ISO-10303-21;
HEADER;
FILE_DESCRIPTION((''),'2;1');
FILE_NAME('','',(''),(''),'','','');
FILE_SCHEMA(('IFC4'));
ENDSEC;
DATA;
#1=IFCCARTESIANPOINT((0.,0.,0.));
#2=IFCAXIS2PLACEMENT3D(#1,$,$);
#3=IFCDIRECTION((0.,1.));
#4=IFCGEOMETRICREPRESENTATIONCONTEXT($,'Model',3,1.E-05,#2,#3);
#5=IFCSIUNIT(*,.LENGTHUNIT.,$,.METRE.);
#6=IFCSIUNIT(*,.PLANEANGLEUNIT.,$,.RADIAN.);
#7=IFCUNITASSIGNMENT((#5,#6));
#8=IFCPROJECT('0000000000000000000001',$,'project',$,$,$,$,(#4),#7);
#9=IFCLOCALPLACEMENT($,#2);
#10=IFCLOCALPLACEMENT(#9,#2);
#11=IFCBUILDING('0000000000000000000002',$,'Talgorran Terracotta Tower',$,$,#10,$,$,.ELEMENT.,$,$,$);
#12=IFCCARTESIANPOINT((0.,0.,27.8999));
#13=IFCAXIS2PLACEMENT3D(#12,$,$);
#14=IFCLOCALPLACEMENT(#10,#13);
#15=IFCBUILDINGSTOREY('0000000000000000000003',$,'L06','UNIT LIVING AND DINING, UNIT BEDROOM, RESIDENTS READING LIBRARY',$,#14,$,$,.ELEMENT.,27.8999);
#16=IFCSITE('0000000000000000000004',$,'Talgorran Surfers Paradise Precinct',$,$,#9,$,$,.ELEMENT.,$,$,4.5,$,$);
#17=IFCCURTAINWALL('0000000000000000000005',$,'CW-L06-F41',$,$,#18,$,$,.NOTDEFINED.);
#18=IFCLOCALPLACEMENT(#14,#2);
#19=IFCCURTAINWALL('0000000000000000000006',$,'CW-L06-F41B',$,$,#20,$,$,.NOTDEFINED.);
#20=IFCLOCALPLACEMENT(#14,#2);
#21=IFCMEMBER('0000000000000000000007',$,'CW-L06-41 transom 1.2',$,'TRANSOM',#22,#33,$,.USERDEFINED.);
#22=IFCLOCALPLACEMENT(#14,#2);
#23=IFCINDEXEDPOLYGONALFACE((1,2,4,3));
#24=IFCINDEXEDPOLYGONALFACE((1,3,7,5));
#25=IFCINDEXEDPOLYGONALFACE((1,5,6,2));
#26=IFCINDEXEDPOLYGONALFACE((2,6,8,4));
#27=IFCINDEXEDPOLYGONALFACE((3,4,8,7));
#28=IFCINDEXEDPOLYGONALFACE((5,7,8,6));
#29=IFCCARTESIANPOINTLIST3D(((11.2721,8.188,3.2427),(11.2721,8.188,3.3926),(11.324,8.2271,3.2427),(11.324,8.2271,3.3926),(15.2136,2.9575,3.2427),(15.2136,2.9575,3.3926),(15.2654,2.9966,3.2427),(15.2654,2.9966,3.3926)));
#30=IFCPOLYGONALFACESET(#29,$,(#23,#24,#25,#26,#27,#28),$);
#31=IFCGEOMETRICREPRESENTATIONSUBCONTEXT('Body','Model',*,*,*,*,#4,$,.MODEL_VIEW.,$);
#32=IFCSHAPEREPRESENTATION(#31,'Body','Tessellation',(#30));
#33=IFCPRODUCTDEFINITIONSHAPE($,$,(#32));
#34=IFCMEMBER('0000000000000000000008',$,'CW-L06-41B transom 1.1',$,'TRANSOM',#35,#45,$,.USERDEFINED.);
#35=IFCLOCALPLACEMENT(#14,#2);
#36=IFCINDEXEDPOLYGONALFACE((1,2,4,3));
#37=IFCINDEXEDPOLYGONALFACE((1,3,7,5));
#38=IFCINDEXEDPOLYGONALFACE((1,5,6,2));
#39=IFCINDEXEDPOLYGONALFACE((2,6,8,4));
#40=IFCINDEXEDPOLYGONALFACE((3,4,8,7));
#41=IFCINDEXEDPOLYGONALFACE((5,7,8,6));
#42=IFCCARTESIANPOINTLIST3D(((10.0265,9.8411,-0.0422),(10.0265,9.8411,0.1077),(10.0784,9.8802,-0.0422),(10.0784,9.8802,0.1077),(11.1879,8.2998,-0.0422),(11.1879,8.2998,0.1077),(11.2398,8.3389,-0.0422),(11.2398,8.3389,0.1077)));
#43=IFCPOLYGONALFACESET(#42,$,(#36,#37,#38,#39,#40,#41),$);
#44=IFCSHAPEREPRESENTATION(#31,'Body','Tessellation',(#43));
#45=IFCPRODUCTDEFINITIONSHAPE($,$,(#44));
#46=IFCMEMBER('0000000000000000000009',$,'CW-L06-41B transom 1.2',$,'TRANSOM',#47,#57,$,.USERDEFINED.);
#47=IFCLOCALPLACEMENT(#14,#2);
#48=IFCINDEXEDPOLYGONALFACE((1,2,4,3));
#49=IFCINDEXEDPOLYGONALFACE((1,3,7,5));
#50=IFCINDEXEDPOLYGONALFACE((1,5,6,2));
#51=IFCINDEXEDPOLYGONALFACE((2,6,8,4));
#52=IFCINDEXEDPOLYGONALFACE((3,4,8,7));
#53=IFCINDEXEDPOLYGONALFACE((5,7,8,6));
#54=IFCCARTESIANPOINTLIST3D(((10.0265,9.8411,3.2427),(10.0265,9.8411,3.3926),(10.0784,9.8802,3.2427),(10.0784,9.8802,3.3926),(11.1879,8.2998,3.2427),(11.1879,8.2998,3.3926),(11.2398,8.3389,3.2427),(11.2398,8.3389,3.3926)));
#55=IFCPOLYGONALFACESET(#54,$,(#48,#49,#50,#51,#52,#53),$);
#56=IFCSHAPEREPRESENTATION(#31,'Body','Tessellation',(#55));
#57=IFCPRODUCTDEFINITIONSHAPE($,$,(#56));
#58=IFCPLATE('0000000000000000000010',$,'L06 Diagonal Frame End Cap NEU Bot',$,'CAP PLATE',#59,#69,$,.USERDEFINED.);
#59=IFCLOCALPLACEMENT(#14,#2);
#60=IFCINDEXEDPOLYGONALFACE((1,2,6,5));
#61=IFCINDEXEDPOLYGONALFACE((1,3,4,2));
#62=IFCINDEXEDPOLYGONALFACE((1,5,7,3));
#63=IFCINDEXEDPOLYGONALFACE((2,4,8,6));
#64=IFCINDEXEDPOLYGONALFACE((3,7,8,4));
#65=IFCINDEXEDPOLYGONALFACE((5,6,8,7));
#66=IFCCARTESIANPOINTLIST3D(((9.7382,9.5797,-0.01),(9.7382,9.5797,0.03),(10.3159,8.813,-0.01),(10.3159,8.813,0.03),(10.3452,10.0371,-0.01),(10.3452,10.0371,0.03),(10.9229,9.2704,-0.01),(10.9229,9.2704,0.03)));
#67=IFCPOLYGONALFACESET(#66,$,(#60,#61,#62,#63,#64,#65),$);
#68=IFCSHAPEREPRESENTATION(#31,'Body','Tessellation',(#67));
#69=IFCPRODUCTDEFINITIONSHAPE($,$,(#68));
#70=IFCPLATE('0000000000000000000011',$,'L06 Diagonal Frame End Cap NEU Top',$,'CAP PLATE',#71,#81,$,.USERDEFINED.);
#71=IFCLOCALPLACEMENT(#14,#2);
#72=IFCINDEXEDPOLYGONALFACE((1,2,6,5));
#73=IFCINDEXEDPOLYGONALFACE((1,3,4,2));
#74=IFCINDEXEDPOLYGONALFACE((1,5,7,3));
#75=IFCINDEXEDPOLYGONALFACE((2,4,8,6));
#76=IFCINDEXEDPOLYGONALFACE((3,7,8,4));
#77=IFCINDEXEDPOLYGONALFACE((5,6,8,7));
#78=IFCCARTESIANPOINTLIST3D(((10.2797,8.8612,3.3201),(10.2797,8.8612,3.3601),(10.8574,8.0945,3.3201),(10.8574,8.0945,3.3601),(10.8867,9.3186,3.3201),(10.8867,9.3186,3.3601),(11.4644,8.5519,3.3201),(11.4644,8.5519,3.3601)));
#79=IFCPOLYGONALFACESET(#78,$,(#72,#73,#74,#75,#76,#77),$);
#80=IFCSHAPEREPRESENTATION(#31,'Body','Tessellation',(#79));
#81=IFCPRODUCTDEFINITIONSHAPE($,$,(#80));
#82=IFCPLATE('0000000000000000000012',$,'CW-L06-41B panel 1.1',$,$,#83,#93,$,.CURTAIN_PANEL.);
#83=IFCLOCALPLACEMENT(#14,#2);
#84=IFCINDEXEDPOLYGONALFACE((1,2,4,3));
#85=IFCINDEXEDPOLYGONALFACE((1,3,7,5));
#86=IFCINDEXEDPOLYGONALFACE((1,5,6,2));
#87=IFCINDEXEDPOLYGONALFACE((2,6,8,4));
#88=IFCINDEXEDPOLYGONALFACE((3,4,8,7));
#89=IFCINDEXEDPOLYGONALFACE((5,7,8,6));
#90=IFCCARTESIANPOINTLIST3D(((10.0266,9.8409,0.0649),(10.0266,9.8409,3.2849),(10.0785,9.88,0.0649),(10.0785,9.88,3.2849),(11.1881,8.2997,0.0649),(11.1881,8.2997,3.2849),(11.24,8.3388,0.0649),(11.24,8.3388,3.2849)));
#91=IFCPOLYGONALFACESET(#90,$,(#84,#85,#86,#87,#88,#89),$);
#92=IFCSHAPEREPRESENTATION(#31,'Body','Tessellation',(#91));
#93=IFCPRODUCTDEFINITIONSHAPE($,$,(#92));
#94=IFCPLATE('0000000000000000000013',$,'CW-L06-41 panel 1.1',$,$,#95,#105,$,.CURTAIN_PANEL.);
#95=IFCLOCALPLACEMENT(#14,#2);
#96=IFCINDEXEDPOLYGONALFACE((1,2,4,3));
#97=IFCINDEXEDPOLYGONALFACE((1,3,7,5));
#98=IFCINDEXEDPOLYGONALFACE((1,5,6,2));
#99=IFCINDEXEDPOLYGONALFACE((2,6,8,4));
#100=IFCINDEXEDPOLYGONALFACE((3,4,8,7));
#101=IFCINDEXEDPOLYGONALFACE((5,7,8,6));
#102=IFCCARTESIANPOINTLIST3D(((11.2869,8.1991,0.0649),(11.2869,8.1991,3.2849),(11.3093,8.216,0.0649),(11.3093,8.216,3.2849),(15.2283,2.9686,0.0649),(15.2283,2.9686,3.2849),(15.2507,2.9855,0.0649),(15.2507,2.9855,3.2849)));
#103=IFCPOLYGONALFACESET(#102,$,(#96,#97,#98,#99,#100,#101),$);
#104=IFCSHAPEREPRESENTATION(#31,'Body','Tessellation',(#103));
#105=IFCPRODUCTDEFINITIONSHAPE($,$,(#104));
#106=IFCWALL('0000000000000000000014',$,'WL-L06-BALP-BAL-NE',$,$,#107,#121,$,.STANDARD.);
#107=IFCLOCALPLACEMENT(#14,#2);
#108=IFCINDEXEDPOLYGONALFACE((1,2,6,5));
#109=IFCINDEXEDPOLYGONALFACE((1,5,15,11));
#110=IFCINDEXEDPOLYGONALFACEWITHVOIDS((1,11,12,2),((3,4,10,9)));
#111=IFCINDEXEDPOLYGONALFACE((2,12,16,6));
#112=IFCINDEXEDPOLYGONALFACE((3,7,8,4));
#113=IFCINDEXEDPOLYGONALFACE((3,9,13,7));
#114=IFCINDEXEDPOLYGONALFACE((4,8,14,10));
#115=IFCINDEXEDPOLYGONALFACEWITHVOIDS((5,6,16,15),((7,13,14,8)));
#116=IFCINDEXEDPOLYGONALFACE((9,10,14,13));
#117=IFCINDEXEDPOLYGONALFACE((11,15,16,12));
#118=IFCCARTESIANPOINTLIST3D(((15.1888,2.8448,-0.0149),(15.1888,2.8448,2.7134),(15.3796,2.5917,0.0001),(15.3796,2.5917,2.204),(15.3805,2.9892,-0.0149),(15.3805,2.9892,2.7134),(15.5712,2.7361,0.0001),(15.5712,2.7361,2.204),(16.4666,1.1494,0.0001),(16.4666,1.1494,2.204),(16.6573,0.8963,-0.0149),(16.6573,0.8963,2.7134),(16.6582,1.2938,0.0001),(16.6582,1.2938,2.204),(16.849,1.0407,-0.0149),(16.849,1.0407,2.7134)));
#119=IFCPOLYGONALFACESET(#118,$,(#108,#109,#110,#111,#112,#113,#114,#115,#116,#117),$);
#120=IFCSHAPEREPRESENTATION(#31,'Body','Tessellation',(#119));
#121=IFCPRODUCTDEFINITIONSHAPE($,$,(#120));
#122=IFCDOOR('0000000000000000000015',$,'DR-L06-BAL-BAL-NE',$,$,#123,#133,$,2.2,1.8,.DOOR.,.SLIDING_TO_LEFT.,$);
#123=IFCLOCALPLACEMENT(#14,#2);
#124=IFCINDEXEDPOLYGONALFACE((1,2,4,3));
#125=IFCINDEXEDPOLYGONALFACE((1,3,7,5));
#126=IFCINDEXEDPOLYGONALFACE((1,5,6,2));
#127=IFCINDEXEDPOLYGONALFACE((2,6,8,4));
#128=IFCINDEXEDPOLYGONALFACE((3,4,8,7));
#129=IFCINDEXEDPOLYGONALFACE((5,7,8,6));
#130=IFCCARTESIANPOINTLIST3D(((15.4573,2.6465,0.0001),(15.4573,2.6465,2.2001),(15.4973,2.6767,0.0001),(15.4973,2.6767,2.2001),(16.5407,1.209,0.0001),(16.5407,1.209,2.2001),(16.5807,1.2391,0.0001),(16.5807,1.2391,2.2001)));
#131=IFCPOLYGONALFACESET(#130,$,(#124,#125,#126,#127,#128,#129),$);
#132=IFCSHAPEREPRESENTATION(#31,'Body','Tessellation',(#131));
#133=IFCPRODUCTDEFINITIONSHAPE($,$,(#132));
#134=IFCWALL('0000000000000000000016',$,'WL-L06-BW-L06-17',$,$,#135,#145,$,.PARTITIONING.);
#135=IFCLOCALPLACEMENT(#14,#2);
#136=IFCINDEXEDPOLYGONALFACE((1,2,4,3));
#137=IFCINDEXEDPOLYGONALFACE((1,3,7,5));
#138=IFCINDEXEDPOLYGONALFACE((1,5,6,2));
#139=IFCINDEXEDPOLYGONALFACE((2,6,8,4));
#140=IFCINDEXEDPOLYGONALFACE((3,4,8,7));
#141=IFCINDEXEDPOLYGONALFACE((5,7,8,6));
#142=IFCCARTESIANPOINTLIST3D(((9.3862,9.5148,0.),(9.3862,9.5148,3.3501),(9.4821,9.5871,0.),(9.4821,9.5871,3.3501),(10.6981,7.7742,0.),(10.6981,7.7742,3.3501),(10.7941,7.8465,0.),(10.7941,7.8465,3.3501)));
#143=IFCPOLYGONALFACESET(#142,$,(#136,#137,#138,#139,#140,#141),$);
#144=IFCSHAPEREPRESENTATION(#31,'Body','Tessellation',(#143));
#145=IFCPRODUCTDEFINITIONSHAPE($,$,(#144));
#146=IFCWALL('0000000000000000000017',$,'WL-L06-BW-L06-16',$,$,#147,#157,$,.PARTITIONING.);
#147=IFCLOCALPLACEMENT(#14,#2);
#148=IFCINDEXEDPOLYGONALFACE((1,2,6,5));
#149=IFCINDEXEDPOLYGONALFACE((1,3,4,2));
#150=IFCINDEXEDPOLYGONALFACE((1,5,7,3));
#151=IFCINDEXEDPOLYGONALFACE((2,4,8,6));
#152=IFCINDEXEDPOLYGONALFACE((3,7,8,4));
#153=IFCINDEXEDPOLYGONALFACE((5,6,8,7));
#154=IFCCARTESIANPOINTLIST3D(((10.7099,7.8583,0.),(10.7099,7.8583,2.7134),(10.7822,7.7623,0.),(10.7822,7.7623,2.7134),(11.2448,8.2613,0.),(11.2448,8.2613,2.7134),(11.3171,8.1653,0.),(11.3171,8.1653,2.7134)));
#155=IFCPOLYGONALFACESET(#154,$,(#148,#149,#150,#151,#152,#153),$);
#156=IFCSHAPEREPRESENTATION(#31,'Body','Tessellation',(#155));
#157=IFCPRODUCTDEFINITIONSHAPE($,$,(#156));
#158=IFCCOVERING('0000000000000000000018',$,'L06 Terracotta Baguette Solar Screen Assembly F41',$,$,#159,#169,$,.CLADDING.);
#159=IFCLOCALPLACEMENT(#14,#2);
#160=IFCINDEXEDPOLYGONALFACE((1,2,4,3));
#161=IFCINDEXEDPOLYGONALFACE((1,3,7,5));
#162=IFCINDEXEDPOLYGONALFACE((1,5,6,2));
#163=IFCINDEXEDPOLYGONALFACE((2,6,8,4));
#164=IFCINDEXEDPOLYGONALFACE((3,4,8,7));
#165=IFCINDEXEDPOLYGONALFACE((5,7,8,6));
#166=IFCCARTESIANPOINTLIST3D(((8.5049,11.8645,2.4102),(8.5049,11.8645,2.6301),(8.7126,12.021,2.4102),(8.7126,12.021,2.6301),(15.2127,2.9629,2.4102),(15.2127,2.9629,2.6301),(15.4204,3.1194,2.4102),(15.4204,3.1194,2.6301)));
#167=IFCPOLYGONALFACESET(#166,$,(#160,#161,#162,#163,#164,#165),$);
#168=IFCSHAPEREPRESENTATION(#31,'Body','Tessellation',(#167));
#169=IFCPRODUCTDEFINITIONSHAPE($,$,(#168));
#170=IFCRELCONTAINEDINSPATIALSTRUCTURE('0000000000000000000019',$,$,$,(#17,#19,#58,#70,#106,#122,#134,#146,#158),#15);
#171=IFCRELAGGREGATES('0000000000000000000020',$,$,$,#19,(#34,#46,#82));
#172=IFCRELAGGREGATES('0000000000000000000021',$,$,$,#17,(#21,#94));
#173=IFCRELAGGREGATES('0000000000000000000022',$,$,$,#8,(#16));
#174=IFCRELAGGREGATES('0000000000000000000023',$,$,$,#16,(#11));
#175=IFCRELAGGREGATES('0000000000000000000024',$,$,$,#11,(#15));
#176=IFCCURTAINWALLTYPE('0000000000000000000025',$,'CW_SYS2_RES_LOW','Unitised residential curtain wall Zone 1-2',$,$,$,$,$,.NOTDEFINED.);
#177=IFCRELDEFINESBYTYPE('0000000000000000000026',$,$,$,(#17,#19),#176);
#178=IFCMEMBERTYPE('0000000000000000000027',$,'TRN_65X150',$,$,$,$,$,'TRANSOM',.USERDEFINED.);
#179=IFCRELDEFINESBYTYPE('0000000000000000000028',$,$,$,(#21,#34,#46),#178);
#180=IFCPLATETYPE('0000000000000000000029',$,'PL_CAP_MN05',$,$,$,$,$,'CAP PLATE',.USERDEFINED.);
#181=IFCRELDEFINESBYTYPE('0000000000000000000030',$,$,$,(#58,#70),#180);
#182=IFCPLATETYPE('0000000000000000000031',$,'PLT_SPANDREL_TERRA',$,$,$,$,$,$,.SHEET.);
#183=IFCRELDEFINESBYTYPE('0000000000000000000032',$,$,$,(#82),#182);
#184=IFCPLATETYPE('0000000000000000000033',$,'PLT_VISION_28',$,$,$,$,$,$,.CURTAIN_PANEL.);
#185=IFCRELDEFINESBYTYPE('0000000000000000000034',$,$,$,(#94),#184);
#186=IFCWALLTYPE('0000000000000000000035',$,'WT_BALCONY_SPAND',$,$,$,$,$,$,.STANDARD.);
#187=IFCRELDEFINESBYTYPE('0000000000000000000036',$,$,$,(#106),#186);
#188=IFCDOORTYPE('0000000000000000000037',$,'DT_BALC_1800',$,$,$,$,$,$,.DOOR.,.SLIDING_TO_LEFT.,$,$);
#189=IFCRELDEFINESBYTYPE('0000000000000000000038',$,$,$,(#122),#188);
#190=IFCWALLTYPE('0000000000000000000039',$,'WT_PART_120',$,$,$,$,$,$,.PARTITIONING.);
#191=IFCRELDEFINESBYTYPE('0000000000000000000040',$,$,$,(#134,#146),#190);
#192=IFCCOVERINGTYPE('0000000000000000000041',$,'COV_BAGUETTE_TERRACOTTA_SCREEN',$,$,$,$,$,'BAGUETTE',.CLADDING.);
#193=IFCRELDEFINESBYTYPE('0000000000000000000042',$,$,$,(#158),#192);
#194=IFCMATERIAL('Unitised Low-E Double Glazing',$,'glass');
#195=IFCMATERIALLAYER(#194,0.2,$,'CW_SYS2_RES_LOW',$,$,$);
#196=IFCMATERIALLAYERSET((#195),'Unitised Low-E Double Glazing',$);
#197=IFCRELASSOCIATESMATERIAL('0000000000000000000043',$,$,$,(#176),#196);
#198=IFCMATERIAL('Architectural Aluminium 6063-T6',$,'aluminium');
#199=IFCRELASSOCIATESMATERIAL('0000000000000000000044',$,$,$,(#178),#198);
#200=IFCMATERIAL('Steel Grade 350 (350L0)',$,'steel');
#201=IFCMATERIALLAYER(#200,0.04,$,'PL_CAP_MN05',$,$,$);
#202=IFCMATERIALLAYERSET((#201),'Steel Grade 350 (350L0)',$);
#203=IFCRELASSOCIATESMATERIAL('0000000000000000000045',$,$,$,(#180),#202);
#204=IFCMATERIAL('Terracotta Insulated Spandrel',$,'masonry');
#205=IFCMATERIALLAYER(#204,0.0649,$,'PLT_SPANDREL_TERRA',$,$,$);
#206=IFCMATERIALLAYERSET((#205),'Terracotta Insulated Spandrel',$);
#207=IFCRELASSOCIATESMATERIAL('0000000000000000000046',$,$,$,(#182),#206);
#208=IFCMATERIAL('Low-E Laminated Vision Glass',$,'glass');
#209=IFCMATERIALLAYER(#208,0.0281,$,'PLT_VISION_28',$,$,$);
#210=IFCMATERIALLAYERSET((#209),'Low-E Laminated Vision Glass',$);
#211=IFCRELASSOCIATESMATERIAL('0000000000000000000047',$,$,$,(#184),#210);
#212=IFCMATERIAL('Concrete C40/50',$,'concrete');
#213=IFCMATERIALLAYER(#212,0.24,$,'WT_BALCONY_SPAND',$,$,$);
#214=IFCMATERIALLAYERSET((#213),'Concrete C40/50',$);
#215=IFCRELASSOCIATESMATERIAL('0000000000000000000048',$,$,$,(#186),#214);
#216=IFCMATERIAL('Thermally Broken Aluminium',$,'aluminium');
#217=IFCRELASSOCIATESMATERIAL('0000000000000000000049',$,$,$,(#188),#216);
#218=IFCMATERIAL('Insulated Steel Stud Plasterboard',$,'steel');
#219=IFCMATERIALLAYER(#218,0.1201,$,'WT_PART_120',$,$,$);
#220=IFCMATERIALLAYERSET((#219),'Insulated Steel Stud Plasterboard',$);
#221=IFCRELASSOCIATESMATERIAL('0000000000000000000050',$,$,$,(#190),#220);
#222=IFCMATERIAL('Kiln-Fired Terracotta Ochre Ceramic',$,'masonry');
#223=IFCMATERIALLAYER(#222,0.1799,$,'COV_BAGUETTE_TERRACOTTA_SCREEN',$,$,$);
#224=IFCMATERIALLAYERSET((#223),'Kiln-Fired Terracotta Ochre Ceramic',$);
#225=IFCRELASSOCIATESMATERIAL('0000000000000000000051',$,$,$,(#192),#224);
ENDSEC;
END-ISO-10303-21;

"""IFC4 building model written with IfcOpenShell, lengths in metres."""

from ifc_helpers import new_model, si_unit, direction, frame, frame_2d, origin, origin_2d, place, context, subcontext, project, spatial, rectangle, extrude, source, transform, mapped, material, layer, layer_set, material_profile, profile_set, type_object, type_shapes, element, fill, aggregate, save


model = new_model("IFC4")

# Units and contexts
model_context = context("Model", 3, precision=1e-05, world=origin(), true_north=direction((0.0, 1.0)))
body_context = subcontext(model_context, "Body", "Model", "MODEL_VIEW")
ifc_project = project(units=[si_unit("LENGTHUNIT", "METRE"), si_unit("PLANEANGLEUNIT", "RADIAN")], contexts=[model_context])

# Site, building, storey
site_placement = place(None, origin())
site = spatial("IfcSite", under=ifc_project, at=site_placement, Name="Talgorran Surfers Paradise Precinct", CompositionType="ELEMENT", RefElevation=4.5)
building_placement = place(site_placement, origin())
building = spatial("IfcBuilding", under=site, at=building_placement, Name="Talgorran Terracotta Tower", CompositionType="ELEMENT")
storey_placement = place(building_placement, frame((0.0, 0.0, 27.8999)))
storey = spatial("IfcBuildingStorey", under=building, at=storey_placement, Name="L06", Description="UNIT LIVING AND DINING, UNIT BEDROOM, RESIDENTS READING LIBRARY", CompositionType="ELEMENT", Elevation=27.8999)

# Shared definitions
ifc_material_1 = material(Name="Steel Grade 350 (350L0)", Category="steel")

# Shared definitions
ifc_material_2 = material(Name="Unitised Low-E Double Glazing", Category="glass")
ifc_layer_1 = layer(ifc_material_2, 0.2, Name="CW_SYS2_RES_LOW")
ifc_layer_set_1 = layer_set([ifc_layer_1], Name="Unitised Low-E Double Glazing")
curtain_wall_type = type_object("IfcCurtainWallType", Name="CW_SYS2_RES_LOW", Description="Unitised residential curtain wall Zone 1-2", PredefinedType="NOTDEFINED", material=ifc_layer_set_1)
ifc_material_3 = material(Name="Architectural Aluminium 6063-T6", Category="aluminium")

# Curtain wall
curtain_wall_1_placement = place(storey_placement, origin())
curtain_wall_1 = element("IfcCurtainWall", 1, at=curtain_wall_1_placement, inside=storey, type_object=curtain_wall_type, Name="CW-L06-F41", PredefinedType="NOTDEFINED")

# Curtain wall
curtain_wall_2_placement = place(storey_placement, origin())
curtain_wall_2 = element("IfcCurtainWall", 2, at=curtain_wall_2_placement, inside=storey, type_object=curtain_wall_type, Name="CW-L06-F41B", PredefinedType="NOTDEFINED")

# Members
ifc_material_profile_1 = material_profile(ifc_material_3, rectangle(XDim=0.0649, YDim=0.1499, at=origin_2d()), Name="CWT65X150")
ifc_profile_set_1 = profile_set([ifc_material_profile_1], Name="Architectural Aluminium 6063-T6")
member_type_1 = type_object("IfcMemberType", Name="TRN_65X150", ElementType="TRANSOM", PredefinedType="USERDEFINED", material=ifc_profile_set_1)
member_1_placement = place(storey_placement, frame((15.2395, 2.9771, 3.3176), z_axis=(-0.601812, 0.798638, 0.0), x_axis=(-0.798638, -0.601812, 0.0)))
member_1 = element("IfcMember", 3, at=member_1_placement, type_object=member_type_1, Name="CW-L06-41 transom 1.2", ObjectType="TRANSOM", PredefinedType="USERDEFINED", context=body_context, shape_type="SweptSolid", body=[
    extrude(rectangle(XDim=0.0649, YDim=0.1499, at=origin_2d()), origin(), (0.0, 0.0, 1.0), 6.5493),
])
member_2_placement = place(storey_placement, frame((11.2139, 8.3193, 0.0327), z_axis=(-0.6018, 0.798647, 0.0), x_axis=(-0.798647, -0.6018, 0.0)))
member_2 = element("IfcMember", 4, at=member_2_placement, type_object=member_type_1, Name="CW-L06-41B transom 1.1", ObjectType="TRANSOM", PredefinedType="USERDEFINED", context=body_context, shape_type="SweptSolid", body=[
    extrude(rectangle(XDim=0.0649, YDim=0.1499, at=origin_2d()), origin(), (0.0, 0.0, 1.0), 1.9299),
])
member_3_placement = place(storey_placement, frame((11.2139, 8.3193, 3.3176), z_axis=(-0.6018, 0.798647, 0.0), x_axis=(-0.798647, -0.6018, 0.0)))
member_3 = element("IfcMember", 5, at=member_3_placement, type_object=member_type_1, Name="CW-L06-41B transom 1.2", ObjectType="TRANSOM", PredefinedType="USERDEFINED", context=body_context, shape_type="SweptSolid", body=[
    extrude(rectangle(XDim=0.0649, YDim=0.1499, at=origin_2d()), origin(), (0.0, 0.0, 1.0), 1.9299),
])

# Plates
ifc_layer_2 = layer(ifc_material_1, 0.04, Name="PL_CAP_MN05")
ifc_layer_set_2 = layer_set([ifc_layer_2], Name="Steel Grade 350 (350L0)")
plate_type_1 = type_object("IfcPlateType", Name="PL_CAP_MN05", ElementType="CAP PLATE", PredefinedType="USERDEFINED", material=ifc_layer_set_2)
for number, where, z_axis, x_axis, name in (
    (6, (10.3306, 9.425, -0.01), (0.0, 0.0, 1.0), (0.601815, -0.798636, 0.0), "L06 Diagonal Frame End Cap NEU Bot"),
    (7, (10.8721, 8.7065, 3.3201), (0.0, 0.0, 1.0), (0.601815, -0.798636, 0.0), "L06 Diagonal Frame End Cap NEU Top"),
):
    element("IfcPlate", number, at=place(storey_placement, frame(where, z_axis=z_axis, x_axis=x_axis)), inside=storey, type_object=plate_type_1, Name=name, ObjectType="CAP PLATE", PredefinedType="USERDEFINED", context=body_context, shape_type="SweptSolid", body=[
        extrude(rectangle(XDim=0.96, YDim=0.76, at=origin_2d()), origin(), (0.0, 0.0, 1.0), 0.04),
    ])

# Plates
ifc_material_4 = material(Name="Terracotta Insulated Spandrel", Category="masonry")
ifc_layer_3 = layer(ifc_material_4, 0.0649, Name="PLT_SPANDREL_TERRA")
ifc_layer_set_3 = layer_set([ifc_layer_3], Name="Terracotta Insulated Spandrel")
plate_type_2 = type_object("IfcPlateType", Name="PLT_SPANDREL_TERRA", PredefinedType="SHEET", material=ifc_layer_set_3)
shared_shape_1 = source(origin(), body_context, "Body", "SweptSolid", [
    extrude(rectangle(XDim=1.9299, YDim=0.0649, at=origin_2d()), origin(), (0.0, 0.0, 1.0), 3.22),
])
type_shapes(plate_type_2, [shared_shape_1])
plate_1_placement = place(storey_placement, frame((10.6333, 9.0898, 0.0649), z_axis=(0.0, 0.0, 1.0), x_axis=(-0.601847, 0.798611, 0.0)))
plate_1 = element("IfcPlate", 8, at=plate_1_placement, type_object=plate_type_2, Name="CW-L06-41B panel 1.1", PredefinedType="CURTAIN_PANEL", context=body_context, shape_type="MappedRepresentation", body=[
    mapped(shared_shape_1, transform((0.0, 0.0, 0.0), scale=1.0)),
])
aggregate(curtain_wall_2, [member_2, member_3, plate_1])
ifc_material_5 = material(Name="Low-E Laminated Vision Glass", Category="glass")
ifc_layer_4 = layer(ifc_material_5, 0.0281, Name="PLT_VISION_28")
ifc_layer_set_4 = layer_set([ifc_layer_4], Name="Low-E Laminated Vision Glass")
plate_type_3 = type_object("IfcPlateType", Name="PLT_VISION_28", PredefinedType="CURTAIN_PANEL", material=ifc_layer_set_4)
shared_shape_2 = source(origin(), body_context, "Body", "SweptSolid", [
    extrude(rectangle(XDim=6.5493, YDim=0.0281, at=origin_2d()), origin(), (0.0, 0.0, 1.0), 3.22),
])
type_shapes(plate_type_3, [shared_shape_2])
plate_2_placement = place(storey_placement, frame((13.2688, 5.5923, 0.0649), z_axis=(0.0, 0.0, 1.0), x_axis=(-0.601807, 0.798642, 0.0)))
plate_2 = element("IfcPlate", 9, at=plate_2_placement, type_object=plate_type_3, Name="CW-L06-41 panel 1.1", PredefinedType="CURTAIN_PANEL", context=body_context, shape_type="MappedRepresentation", body=[
    mapped(shared_shape_2, transform((0.0, 0.0, 0.0), scale=1.0)),
])
aggregate(curtain_wall_1, [member_1, plate_2])

# Wall, opening, door
ifc_material_6 = material(Name="Concrete C40/50", Category="concrete")
ifc_layer_5 = layer(ifc_material_6, 0.24, Name="WT_BALCONY_SPAND")
ifc_layer_set_5 = layer_set([ifc_layer_5], Name="Concrete C40/50")
wall_type_1 = type_object("IfcWallType", Name="WT_BALCONY_SPAND", PredefinedType="STANDARD", material=ifc_layer_set_5)
wall_1_placement = place(storey_placement, frame((16.7532, 0.9685, -0.0149), z_axis=(0.0, 0.0, 1.0), x_axis=(-0.601872, 0.798593, 0.0)))
wall_1 = element("IfcWall", 10, at=wall_1_placement, inside=storey, type_object=wall_type_1, Name="WL-L06-BALP-BAL-NE", PredefinedType="STANDARD", context=body_context, shape_type="SweptSolid", body=[
    extrude(rectangle(XDim=2.4399, YDim=0.24, at=frame_2d((1.22, 0.0))), origin(), (0.0, 0.0, 1.0), 2.7283),
])
opening_placement = place(wall_1_placement, frame((0.3201, 0.0, 0.0149)))
opening = element("IfcOpeningElement", 11, at=opening_placement, cuts=wall_1, PredefinedType="OPENING", context=body_context, shape_type="SweptSolid", body=[
    extrude(rectangle(XDim=1.806, YDim=2.204, at=frame_2d((0.8999, 1.1021))), frame((0.0, 0.1299, 0.0), z_axis=(0.0, -1.0, 0.0), x_axis=(1.0, 0.0, 0.0)), (0.0, 0.0, 1.0), 0.26),
])
ifc_material_7 = material(Name="Thermally Broken Aluminium", Category="aluminium")
door_type = type_object("IfcDoorType", Name="DT_BALC_1800", OperationType="SLIDING_TO_LEFT", PredefinedType="DOOR", material=ifc_material_7)
door_placement = place(opening_placement, origin())
door = element("IfcDoor", 12, at=door_placement, inside=storey, type_object=door_type, Name="DR-L06-BAL-BAL-NE", OperationType="SLIDING_TO_LEFT", OverallHeight=2.2, OverallWidth=1.8, PredefinedType="DOOR", context=body_context, shape_type="SweptSolid", body=[
    extrude(rectangle(XDim=1.8, YDim=2.2, at=frame_2d((0.8999, 1.1001))), frame((0.0, 0.0249, 0.0), z_axis=(0.0, -1.0, 0.0), x_axis=(1.0, 0.0, 0.0)), (0.0, 0.0, 1.0), 0.05),
])
fill(opening, door)

# Walls
ifc_material_8 = material(Name="Insulated Steel Stud Plasterboard", Category="steel")
ifc_layer_6 = layer(ifc_material_8, 0.1201, Name="WT_PART_120")
ifc_layer_set_6 = layer_set([ifc_layer_6], Name="Insulated Steel Stud Plasterboard")
wall_type_2 = type_object("IfcWallType", Name="WT_PART_120", PredefinedType="PARTITIONING", material=ifc_layer_set_6)
wall_2_placement = place(storey_placement, frame((10.7461, 7.8103, 0.0), z_axis=(0.0, 0.0, 1.0), x_axis=(-0.601898, 0.798573, 0.0)))
element("IfcWall", 13, at=wall_2_placement, inside=storey, type_object=wall_type_2, Name="WL-L06-BW-L06-17", PredefinedType="PARTITIONING", context=body_context, shape_type="SweptSolid", body=[
    extrude(rectangle(XDim=2.1797, YDim=0.1201, at=frame_2d((1.0898, 0.0))), origin(), (0.0, 0.0, 1.0), 3.3501),
])
wall_3_placement = place(storey_placement, frame((11.281, 8.2134, 0.0), z_axis=(0.0, 0.0, 1.0), x_axis=(-0.798642, -0.601806, 0.0)))
element("IfcWall", 14, at=wall_3_placement, inside=storey, type_object=wall_type_2, Name="WL-L06-BW-L06-16", PredefinedType="PARTITIONING", context=body_context, shape_type="SweptSolid", body=[
    extrude(rectangle(XDim=0.6697, YDim=0.1201, at=frame_2d((0.335, 0.0))), origin(), (0.0, 0.0, 1.0), 2.7134),
])

# Covering
ifc_material_9 = material(Name="Kiln-Fired Terracotta Ochre Ceramic", Category="masonry")
ifc_layer_7 = layer(ifc_material_9, 0.1799, Name="COV_BAGUETTE_TERRACOTTA_SCREEN")
ifc_layer_set_7 = layer_set([ifc_layer_7], Name="Kiln-Fired Terracotta Ochre Ceramic")
covering_type_1 = type_object("IfcCoveringType", Name="COV_BAGUETTE_TERRACOTTA_SCREEN", ElementType="BAGUETTE", PredefinedType="CLADDING", material=ifc_layer_set_7)
covering_1_placement = place(storey_placement, frame((11.9626, 7.4919, 2.4102), z_axis=(0.0, 0.0, 1.0), x_axis=(-0.601815, 0.798636, 0.0)))
element("IfcCovering", 15, at=covering_1_placement, inside=storey, type_object=covering_type_1, Name="L06 Terracotta Baguette Solar Screen Assembly F41", PredefinedType="CLADDING", context=body_context, shape_type="SweptSolid", body=[
    extrude(rectangle(XDim=11.146, YDim=0.26, at=origin_2d()), origin(), (0.0, 0.0, 1.0), 0.22),
])

save(model, "model.ifc")
